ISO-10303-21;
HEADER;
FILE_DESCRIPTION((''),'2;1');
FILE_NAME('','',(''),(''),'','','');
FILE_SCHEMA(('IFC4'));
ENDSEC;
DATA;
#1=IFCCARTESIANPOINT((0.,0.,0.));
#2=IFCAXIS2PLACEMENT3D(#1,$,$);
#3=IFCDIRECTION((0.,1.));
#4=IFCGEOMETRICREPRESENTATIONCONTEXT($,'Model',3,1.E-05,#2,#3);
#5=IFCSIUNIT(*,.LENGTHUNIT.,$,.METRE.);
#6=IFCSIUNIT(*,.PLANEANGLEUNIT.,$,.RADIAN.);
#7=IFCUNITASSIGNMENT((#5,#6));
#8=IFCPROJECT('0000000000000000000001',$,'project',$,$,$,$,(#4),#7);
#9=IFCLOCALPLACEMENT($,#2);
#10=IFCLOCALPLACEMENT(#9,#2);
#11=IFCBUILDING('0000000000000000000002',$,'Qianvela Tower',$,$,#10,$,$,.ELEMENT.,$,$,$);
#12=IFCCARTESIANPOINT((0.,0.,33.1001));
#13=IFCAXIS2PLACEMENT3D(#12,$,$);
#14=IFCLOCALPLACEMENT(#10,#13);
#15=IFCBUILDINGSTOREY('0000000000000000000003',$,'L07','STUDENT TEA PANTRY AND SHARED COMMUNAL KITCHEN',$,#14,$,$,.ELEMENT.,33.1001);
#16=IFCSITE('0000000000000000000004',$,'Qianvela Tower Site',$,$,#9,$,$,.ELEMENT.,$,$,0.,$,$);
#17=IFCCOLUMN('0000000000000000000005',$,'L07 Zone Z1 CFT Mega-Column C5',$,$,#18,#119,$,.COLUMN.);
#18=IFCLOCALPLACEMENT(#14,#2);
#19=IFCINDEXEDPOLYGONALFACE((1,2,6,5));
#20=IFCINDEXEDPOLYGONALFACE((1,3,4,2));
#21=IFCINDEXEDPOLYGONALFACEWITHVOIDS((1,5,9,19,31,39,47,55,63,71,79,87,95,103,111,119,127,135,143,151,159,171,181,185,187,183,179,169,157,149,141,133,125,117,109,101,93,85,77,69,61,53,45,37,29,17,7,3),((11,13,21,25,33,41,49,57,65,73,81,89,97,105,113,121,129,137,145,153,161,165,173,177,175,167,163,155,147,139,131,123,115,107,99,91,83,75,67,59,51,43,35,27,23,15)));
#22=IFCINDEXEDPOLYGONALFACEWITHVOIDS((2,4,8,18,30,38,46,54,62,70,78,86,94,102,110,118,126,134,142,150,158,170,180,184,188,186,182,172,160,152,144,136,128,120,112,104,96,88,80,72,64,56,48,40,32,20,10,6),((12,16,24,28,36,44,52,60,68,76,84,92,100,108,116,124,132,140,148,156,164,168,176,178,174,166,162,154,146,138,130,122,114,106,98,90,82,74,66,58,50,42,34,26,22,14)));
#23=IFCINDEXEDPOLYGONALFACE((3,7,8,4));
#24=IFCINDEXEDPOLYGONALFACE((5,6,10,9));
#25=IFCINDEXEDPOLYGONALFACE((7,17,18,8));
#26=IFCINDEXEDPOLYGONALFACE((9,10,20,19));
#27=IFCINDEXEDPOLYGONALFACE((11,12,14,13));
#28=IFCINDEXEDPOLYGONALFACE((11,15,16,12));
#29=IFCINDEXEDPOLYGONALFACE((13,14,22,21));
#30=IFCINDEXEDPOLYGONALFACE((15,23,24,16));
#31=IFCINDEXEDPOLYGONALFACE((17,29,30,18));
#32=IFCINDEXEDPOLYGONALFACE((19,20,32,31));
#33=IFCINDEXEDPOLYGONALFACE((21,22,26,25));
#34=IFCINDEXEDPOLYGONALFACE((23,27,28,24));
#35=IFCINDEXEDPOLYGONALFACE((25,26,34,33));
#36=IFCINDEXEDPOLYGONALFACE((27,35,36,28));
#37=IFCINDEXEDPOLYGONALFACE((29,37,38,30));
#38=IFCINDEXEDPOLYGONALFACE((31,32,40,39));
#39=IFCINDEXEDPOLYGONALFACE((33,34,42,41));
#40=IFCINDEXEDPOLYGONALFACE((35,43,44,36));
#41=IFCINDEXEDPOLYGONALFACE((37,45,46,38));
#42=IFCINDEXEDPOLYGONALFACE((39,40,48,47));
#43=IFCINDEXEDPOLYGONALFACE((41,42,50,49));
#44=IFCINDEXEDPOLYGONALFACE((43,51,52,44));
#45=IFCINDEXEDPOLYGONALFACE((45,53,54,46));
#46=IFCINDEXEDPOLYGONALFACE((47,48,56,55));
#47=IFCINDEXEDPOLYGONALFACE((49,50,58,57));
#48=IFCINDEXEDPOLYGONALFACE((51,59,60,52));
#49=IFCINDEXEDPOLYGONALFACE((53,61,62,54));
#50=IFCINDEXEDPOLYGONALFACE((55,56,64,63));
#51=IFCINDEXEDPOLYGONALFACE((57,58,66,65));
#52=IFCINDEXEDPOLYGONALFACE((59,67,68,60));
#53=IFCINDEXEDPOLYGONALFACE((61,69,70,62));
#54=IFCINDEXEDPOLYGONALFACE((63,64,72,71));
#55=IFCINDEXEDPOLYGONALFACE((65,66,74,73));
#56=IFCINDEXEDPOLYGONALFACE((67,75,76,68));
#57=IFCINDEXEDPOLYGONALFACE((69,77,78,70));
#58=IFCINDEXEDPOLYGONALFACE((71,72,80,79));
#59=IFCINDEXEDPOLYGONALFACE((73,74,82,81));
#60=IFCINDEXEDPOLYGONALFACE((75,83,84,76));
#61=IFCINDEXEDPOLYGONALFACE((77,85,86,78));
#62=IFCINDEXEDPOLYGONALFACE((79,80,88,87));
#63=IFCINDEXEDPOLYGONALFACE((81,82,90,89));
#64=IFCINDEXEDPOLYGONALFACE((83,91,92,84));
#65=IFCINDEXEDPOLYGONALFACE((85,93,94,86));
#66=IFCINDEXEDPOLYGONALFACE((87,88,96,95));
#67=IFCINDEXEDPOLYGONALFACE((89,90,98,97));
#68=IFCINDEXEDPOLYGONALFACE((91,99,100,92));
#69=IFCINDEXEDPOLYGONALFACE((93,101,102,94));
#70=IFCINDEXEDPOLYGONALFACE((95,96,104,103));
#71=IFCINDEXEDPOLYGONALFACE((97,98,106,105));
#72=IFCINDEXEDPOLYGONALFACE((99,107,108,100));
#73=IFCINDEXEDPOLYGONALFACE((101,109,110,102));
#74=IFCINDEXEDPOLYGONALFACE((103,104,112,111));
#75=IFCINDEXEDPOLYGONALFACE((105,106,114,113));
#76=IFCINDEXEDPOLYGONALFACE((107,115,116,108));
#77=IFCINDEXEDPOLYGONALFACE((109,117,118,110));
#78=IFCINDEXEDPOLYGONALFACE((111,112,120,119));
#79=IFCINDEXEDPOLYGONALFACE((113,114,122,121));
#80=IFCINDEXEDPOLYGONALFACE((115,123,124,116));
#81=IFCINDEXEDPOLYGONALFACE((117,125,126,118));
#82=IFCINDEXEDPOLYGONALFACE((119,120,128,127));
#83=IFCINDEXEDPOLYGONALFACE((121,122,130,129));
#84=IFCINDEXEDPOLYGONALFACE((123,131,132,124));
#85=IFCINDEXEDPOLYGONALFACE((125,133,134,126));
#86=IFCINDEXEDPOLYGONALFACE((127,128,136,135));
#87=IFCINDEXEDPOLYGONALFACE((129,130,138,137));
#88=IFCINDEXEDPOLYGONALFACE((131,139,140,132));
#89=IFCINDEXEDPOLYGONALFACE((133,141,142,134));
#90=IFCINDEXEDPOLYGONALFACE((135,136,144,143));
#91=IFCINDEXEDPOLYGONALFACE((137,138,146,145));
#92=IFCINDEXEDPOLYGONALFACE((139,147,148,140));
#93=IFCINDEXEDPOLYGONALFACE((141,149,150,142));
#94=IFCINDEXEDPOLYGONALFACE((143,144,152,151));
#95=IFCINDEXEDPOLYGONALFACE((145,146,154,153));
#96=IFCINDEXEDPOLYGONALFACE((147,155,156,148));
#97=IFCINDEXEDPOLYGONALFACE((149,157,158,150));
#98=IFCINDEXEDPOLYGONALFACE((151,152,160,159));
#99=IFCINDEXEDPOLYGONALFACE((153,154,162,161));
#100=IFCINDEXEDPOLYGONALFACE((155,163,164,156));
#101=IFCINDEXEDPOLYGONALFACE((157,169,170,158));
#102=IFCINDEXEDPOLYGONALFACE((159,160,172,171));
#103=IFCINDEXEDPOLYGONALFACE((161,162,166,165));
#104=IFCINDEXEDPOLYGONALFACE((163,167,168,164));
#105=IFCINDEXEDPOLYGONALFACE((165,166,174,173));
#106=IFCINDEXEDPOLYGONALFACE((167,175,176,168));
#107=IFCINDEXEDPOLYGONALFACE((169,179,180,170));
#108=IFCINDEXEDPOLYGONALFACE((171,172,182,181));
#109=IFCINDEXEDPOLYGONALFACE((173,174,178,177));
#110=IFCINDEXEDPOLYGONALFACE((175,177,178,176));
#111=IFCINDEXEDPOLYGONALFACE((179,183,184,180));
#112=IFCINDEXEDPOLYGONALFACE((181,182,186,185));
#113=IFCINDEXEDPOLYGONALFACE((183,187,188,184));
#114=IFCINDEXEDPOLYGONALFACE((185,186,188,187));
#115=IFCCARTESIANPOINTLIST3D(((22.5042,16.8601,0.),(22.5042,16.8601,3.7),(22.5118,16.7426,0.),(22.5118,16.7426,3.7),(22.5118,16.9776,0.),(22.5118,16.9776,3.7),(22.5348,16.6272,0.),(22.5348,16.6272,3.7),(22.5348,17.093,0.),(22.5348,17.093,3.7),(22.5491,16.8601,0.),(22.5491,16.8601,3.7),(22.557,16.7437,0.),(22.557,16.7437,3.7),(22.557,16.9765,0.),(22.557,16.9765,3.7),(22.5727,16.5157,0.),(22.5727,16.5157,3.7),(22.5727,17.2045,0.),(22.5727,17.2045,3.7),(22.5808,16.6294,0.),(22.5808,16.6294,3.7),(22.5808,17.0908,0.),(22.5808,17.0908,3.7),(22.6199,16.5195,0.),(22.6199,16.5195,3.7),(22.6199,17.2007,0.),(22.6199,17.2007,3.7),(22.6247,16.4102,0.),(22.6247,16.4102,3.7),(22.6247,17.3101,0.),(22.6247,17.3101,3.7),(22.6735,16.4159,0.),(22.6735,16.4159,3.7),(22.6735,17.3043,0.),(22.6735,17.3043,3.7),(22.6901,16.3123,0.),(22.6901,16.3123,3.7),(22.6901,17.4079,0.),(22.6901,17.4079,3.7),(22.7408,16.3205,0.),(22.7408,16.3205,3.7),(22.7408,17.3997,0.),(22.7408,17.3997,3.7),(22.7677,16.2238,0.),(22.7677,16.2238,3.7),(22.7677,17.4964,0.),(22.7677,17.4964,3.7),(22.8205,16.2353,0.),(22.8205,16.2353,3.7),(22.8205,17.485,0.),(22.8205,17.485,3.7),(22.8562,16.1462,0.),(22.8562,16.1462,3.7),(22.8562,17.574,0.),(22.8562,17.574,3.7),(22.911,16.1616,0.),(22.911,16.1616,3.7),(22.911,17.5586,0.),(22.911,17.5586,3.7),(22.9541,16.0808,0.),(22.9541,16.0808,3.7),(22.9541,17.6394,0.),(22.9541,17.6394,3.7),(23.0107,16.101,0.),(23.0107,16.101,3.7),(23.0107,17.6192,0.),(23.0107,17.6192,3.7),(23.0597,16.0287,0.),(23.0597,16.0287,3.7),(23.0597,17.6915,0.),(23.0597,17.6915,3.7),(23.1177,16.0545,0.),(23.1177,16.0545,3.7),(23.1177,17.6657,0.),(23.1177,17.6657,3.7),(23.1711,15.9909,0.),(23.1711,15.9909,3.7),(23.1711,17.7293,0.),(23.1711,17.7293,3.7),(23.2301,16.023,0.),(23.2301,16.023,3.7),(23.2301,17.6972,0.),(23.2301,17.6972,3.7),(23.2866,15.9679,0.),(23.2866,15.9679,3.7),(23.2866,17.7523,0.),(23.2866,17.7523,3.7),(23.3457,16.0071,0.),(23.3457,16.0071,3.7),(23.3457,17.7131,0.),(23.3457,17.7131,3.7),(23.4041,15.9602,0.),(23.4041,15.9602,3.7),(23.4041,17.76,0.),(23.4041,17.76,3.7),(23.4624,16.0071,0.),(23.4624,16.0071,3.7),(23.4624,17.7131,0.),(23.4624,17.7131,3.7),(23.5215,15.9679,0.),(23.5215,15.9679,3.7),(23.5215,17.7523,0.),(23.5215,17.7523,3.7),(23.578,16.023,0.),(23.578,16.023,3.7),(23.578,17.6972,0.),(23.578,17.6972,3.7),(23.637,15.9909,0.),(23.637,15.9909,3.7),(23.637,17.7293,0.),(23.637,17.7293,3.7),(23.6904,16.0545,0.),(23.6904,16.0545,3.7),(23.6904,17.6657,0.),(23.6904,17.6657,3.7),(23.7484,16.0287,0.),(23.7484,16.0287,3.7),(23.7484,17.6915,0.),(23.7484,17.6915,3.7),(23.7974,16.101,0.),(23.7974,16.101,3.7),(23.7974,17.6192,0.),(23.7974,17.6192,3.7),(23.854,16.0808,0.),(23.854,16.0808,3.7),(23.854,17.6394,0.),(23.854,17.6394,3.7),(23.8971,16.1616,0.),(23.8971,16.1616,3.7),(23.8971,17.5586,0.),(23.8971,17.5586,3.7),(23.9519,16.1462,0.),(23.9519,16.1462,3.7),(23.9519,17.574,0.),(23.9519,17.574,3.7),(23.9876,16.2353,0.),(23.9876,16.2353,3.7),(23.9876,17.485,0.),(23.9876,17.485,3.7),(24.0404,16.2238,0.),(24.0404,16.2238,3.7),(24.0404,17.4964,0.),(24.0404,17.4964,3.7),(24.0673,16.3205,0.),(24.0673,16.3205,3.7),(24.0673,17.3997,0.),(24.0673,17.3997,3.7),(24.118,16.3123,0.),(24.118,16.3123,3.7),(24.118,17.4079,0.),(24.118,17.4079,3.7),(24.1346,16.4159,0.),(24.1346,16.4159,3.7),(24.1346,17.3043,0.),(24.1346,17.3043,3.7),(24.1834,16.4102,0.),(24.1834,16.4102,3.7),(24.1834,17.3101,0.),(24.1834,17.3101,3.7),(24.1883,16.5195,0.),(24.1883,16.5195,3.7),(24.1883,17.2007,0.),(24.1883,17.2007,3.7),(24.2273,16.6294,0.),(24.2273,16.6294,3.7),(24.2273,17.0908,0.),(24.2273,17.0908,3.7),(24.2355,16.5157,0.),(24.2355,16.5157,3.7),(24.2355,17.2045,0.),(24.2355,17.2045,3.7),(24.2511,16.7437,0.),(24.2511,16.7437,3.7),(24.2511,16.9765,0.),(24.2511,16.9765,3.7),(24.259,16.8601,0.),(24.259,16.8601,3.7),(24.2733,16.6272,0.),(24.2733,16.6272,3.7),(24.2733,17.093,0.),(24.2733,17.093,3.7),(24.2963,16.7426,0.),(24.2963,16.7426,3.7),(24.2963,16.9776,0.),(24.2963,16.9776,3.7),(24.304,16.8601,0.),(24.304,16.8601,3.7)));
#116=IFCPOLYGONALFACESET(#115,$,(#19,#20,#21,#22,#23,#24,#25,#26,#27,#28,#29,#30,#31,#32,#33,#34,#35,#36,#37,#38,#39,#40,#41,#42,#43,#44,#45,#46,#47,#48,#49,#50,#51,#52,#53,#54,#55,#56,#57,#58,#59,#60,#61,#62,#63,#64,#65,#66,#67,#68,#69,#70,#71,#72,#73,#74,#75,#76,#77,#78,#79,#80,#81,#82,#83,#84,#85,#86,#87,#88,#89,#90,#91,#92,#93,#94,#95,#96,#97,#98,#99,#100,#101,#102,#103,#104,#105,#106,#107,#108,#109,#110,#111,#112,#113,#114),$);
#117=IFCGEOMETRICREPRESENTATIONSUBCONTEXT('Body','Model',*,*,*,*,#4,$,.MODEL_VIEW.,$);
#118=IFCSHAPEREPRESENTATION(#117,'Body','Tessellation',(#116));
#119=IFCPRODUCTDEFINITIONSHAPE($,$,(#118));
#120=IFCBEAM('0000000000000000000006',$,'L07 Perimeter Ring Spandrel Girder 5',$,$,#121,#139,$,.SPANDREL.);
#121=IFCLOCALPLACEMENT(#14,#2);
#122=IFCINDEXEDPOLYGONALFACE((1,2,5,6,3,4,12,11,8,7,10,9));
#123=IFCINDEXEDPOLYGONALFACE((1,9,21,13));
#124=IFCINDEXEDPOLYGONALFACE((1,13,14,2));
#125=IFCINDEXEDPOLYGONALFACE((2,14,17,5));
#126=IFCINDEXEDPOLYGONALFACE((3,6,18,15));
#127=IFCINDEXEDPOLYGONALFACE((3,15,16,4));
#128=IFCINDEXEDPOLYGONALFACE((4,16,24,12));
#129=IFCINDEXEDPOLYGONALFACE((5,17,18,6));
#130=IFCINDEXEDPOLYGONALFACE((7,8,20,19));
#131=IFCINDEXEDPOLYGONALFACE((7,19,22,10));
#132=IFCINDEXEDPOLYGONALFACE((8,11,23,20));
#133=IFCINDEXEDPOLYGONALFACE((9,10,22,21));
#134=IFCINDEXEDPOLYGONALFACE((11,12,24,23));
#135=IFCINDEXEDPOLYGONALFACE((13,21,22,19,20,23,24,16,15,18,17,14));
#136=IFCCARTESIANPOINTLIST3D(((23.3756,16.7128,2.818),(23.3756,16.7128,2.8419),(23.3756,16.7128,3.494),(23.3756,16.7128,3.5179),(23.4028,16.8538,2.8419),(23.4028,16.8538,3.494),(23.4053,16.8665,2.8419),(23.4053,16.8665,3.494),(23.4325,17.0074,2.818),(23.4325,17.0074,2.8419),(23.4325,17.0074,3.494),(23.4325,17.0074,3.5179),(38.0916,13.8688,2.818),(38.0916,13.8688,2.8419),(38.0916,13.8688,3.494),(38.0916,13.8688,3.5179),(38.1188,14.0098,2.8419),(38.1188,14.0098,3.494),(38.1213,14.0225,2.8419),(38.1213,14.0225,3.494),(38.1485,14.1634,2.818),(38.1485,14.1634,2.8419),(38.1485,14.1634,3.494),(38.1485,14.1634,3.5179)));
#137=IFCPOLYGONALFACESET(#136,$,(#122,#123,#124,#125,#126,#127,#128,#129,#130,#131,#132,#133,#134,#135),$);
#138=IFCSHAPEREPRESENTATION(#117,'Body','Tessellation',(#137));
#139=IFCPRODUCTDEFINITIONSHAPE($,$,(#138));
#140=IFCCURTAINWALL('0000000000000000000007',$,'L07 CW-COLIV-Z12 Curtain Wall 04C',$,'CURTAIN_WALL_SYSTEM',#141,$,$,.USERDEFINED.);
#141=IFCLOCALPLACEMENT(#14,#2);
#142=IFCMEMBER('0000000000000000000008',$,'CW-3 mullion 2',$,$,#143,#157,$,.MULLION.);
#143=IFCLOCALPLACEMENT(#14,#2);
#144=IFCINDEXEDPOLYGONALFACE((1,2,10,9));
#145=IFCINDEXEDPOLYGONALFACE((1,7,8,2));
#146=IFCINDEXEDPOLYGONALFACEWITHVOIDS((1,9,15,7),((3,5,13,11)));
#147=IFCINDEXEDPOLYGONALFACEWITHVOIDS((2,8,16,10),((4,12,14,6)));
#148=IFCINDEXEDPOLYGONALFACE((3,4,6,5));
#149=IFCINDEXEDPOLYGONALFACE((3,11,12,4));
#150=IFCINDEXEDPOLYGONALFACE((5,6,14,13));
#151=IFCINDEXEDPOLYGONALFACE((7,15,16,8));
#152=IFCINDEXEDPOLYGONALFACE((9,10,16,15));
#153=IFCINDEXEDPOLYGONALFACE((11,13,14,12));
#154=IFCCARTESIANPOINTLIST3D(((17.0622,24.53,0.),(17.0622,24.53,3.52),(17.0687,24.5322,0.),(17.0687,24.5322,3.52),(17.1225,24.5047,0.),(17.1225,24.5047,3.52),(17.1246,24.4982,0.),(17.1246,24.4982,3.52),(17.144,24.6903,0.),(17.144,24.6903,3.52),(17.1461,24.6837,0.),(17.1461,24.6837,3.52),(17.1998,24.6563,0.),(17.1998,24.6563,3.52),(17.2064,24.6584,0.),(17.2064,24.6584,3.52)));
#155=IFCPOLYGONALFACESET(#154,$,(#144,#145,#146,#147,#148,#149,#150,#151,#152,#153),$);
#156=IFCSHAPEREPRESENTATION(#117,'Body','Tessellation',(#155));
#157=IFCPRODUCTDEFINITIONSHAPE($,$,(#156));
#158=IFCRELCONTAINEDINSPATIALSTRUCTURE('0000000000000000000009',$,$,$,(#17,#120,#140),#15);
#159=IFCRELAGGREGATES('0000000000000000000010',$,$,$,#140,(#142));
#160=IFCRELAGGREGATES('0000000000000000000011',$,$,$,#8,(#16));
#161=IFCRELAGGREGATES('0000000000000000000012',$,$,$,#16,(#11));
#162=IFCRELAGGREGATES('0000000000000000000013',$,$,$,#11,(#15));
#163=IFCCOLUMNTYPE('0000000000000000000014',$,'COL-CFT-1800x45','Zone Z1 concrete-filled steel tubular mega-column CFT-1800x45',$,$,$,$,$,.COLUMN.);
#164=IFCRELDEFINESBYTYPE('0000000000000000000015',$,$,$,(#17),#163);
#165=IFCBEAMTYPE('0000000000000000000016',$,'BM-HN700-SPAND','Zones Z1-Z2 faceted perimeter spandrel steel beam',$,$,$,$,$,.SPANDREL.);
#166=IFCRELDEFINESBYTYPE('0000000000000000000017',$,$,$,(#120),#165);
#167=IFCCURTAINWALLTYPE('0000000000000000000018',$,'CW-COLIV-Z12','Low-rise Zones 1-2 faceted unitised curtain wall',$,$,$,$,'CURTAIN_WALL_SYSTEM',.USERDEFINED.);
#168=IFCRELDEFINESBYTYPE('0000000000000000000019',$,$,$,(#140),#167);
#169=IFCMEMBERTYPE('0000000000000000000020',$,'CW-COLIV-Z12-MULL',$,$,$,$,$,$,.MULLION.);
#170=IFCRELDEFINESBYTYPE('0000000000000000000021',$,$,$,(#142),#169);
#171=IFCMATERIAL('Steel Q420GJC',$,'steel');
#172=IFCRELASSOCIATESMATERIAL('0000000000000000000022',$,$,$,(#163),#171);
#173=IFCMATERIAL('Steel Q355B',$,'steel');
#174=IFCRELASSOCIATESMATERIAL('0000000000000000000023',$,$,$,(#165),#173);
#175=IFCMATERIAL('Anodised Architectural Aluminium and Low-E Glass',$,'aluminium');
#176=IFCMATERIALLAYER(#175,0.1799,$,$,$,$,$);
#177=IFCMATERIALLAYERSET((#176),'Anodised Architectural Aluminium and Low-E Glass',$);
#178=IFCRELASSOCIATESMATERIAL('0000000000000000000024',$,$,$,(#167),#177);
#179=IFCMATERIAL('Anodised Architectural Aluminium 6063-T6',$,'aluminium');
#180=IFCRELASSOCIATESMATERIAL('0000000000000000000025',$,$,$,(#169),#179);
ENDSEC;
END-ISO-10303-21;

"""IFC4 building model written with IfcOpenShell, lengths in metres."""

from ifc_helpers import new_model, si_unit, direction, frame, origin, origin_2d, place, context, subcontext, project, spatial, hollow_rectangle, hollow_circle, i_section, extrude, material, layer, layer_set, material_profile, profile_set, type_object, element, aggregate, save


model = new_model("IFC4")

# Units and contexts
model_context = context("Model", 3, precision=1e-05, world=origin(), true_north=direction((0.0, 1.0)))
body_context = subcontext(model_context, "Body", "Model", "MODEL_VIEW")
ifc_project = project(units=[si_unit("LENGTHUNIT", "METRE"), si_unit("PLANEANGLEUNIT", "RADIAN")], contexts=[model_context])

# Site, building, storey
site_placement = place(None, origin())
site = spatial("IfcSite", under=ifc_project, at=site_placement, Name="Qianvela Tower Site", CompositionType="ELEMENT", RefElevation=0.0)
building_placement = place(site_placement, origin())
building = spatial("IfcBuilding", under=site, at=building_placement, Name="Qianvela Tower", CompositionType="ELEMENT")
storey_placement = place(building_placement, frame((0.0, 0.0, 33.1001)))
storey = spatial("IfcBuildingStorey", under=building, at=storey_placement, Name="L07", Description="STUDENT TEA PANTRY AND SHARED COMMUNAL KITCHEN", CompositionType="ELEMENT", Elevation=33.1001)

# Column
ifc_material_1 = material(Name="Steel Q420GJC", Category="steel")
ifc_material_profile_1 = material_profile(ifc_material_1, hollow_circle(Radius=0.8999, WallThickness=0.0449, at=origin_2d()), Name="CFT-1800x45")
ifc_profile_set_1 = profile_set([ifc_material_profile_1], Name="Steel Q420GJC")
column_type = type_object("IfcColumnType", Name="COL-CFT-1800x45", Description="Zone Z1 concrete-filled steel tubular mega-column CFT-1800x45", PredefinedType="COLUMN", material=ifc_profile_set_1)
column_placement = place(storey_placement, frame((23.4041, 16.8601, 0.0), z_axis=(0.0, 0.0, 1.0), x_axis=(1.0, 0.0, 0.0)))
element("IfcColumn", 1, at=column_placement, inside=storey, type_object=column_type, Name="L07 Zone Z1 CFT Mega-Column C5", PredefinedType="COLUMN", context=body_context, shape_type="SweptSolid", body=[
    extrude(hollow_circle(Radius=0.8999, WallThickness=0.0449, at=origin_2d()), origin(), (0.0, 0.0, 1.0), 3.7),
])

# Beam
ifc_material_2 = material(Name="Steel Q355B", Category="steel")
ifc_material_profile_2 = material_profile(ifc_material_2, i_section(OverallWidth=0.3, OverallDepth=0.7, WebThickness=0.0129, FlangeThickness=0.0239, at=origin_2d()), Name="HN700x300x13x24")
ifc_profile_set_2 = profile_set([ifc_material_profile_2], Name="Steel Q355B")
beam_type = type_object("IfcBeamType", Name="BM-HN700-SPAND", Description="Zones Z1-Z2 faceted perimeter spandrel steel beam", PredefinedType="SPANDREL", material=ifc_profile_set_2)
beam_placement = place(storey_placement, frame((23.4041, 16.8601, 3.168), z_axis=(0.981833, -0.189747, 0.0), x_axis=(0.189747, 0.981833, 0.0)))
element("IfcBeam", 2, at=beam_placement, inside=storey, type_object=beam_type, Name="L07 Perimeter Ring Spandrel Girder 5", PredefinedType="SPANDREL", context=body_context, shape_type="SweptSolid", body=[
    extrude(i_section(OverallWidth=0.3, OverallDepth=0.7, WebThickness=0.0129, FlangeThickness=0.0239, at=origin_2d()), origin(), (0.0, 0.0, 1.0), 14.9883),
])

# Curtain wall, member
ifc_material_3 = material(Name="Anodised Architectural Aluminium and Low-E Glass", Category="aluminium")
ifc_layer_1 = layer(ifc_material_3, 0.1799)
ifc_layer_set_1 = layer_set([ifc_layer_1], Name="Anodised Architectural Aluminium and Low-E Glass")
curtain_wall_type = type_object("IfcCurtainWallType", Name="CW-COLIV-Z12", Description="Low-rise Zones 1-2 faceted unitised curtain wall", ElementType="CURTAIN_WALL_SYSTEM", PredefinedType="USERDEFINED", material=ifc_layer_set_1)
curtain_wall_placement = place(storey_placement, origin())
curtain_wall = element("IfcCurtainWall", 3, at=curtain_wall_placement, inside=storey, type_object=curtain_wall_type, Name="L07 CW-COLIV-Z12 Curtain Wall 04C", ObjectType="CURTAIN_WALL_SYSTEM", PredefinedType="USERDEFINED")
ifc_material_4 = material(Name="Anodised Architectural Aluminium 6063-T6", Category="aluminium")
ifc_material_profile_3 = material_profile(ifc_material_4, hollow_rectangle(XDim=0.0701, YDim=0.1799, WallThickness=0.0049, at=origin_2d()), Name="ALU-MULL-70x180")
ifc_profile_set_3 = profile_set([ifc_material_profile_3], Name="Anodised Architectural Aluminium 6063-T6")
member_type = type_object("IfcMemberType", Name="CW-COLIV-Z12-MULL", PredefinedType="MULLION", material=ifc_profile_set_3)
member_placement = place(storey_placement, frame((17.1343, 24.5942, 0.0), z_axis=(0.0, 0.0, 1.0), x_axis=(0.890688, -0.454616, 0.0)))
member = element("IfcMember", 4, at=member_placement, type_object=member_type, Name="CW-3 mullion 2", PredefinedType="MULLION", context=body_context, shape_type="SweptSolid", body=[
    extrude(hollow_rectangle(XDim=0.0701, YDim=0.1799, WallThickness=0.0049, at=origin_2d()), origin(), (0.0, 0.0, 1.0), 3.52),
])
aggregate(curtain_wall, [member])

save(model, "model.ifc")
